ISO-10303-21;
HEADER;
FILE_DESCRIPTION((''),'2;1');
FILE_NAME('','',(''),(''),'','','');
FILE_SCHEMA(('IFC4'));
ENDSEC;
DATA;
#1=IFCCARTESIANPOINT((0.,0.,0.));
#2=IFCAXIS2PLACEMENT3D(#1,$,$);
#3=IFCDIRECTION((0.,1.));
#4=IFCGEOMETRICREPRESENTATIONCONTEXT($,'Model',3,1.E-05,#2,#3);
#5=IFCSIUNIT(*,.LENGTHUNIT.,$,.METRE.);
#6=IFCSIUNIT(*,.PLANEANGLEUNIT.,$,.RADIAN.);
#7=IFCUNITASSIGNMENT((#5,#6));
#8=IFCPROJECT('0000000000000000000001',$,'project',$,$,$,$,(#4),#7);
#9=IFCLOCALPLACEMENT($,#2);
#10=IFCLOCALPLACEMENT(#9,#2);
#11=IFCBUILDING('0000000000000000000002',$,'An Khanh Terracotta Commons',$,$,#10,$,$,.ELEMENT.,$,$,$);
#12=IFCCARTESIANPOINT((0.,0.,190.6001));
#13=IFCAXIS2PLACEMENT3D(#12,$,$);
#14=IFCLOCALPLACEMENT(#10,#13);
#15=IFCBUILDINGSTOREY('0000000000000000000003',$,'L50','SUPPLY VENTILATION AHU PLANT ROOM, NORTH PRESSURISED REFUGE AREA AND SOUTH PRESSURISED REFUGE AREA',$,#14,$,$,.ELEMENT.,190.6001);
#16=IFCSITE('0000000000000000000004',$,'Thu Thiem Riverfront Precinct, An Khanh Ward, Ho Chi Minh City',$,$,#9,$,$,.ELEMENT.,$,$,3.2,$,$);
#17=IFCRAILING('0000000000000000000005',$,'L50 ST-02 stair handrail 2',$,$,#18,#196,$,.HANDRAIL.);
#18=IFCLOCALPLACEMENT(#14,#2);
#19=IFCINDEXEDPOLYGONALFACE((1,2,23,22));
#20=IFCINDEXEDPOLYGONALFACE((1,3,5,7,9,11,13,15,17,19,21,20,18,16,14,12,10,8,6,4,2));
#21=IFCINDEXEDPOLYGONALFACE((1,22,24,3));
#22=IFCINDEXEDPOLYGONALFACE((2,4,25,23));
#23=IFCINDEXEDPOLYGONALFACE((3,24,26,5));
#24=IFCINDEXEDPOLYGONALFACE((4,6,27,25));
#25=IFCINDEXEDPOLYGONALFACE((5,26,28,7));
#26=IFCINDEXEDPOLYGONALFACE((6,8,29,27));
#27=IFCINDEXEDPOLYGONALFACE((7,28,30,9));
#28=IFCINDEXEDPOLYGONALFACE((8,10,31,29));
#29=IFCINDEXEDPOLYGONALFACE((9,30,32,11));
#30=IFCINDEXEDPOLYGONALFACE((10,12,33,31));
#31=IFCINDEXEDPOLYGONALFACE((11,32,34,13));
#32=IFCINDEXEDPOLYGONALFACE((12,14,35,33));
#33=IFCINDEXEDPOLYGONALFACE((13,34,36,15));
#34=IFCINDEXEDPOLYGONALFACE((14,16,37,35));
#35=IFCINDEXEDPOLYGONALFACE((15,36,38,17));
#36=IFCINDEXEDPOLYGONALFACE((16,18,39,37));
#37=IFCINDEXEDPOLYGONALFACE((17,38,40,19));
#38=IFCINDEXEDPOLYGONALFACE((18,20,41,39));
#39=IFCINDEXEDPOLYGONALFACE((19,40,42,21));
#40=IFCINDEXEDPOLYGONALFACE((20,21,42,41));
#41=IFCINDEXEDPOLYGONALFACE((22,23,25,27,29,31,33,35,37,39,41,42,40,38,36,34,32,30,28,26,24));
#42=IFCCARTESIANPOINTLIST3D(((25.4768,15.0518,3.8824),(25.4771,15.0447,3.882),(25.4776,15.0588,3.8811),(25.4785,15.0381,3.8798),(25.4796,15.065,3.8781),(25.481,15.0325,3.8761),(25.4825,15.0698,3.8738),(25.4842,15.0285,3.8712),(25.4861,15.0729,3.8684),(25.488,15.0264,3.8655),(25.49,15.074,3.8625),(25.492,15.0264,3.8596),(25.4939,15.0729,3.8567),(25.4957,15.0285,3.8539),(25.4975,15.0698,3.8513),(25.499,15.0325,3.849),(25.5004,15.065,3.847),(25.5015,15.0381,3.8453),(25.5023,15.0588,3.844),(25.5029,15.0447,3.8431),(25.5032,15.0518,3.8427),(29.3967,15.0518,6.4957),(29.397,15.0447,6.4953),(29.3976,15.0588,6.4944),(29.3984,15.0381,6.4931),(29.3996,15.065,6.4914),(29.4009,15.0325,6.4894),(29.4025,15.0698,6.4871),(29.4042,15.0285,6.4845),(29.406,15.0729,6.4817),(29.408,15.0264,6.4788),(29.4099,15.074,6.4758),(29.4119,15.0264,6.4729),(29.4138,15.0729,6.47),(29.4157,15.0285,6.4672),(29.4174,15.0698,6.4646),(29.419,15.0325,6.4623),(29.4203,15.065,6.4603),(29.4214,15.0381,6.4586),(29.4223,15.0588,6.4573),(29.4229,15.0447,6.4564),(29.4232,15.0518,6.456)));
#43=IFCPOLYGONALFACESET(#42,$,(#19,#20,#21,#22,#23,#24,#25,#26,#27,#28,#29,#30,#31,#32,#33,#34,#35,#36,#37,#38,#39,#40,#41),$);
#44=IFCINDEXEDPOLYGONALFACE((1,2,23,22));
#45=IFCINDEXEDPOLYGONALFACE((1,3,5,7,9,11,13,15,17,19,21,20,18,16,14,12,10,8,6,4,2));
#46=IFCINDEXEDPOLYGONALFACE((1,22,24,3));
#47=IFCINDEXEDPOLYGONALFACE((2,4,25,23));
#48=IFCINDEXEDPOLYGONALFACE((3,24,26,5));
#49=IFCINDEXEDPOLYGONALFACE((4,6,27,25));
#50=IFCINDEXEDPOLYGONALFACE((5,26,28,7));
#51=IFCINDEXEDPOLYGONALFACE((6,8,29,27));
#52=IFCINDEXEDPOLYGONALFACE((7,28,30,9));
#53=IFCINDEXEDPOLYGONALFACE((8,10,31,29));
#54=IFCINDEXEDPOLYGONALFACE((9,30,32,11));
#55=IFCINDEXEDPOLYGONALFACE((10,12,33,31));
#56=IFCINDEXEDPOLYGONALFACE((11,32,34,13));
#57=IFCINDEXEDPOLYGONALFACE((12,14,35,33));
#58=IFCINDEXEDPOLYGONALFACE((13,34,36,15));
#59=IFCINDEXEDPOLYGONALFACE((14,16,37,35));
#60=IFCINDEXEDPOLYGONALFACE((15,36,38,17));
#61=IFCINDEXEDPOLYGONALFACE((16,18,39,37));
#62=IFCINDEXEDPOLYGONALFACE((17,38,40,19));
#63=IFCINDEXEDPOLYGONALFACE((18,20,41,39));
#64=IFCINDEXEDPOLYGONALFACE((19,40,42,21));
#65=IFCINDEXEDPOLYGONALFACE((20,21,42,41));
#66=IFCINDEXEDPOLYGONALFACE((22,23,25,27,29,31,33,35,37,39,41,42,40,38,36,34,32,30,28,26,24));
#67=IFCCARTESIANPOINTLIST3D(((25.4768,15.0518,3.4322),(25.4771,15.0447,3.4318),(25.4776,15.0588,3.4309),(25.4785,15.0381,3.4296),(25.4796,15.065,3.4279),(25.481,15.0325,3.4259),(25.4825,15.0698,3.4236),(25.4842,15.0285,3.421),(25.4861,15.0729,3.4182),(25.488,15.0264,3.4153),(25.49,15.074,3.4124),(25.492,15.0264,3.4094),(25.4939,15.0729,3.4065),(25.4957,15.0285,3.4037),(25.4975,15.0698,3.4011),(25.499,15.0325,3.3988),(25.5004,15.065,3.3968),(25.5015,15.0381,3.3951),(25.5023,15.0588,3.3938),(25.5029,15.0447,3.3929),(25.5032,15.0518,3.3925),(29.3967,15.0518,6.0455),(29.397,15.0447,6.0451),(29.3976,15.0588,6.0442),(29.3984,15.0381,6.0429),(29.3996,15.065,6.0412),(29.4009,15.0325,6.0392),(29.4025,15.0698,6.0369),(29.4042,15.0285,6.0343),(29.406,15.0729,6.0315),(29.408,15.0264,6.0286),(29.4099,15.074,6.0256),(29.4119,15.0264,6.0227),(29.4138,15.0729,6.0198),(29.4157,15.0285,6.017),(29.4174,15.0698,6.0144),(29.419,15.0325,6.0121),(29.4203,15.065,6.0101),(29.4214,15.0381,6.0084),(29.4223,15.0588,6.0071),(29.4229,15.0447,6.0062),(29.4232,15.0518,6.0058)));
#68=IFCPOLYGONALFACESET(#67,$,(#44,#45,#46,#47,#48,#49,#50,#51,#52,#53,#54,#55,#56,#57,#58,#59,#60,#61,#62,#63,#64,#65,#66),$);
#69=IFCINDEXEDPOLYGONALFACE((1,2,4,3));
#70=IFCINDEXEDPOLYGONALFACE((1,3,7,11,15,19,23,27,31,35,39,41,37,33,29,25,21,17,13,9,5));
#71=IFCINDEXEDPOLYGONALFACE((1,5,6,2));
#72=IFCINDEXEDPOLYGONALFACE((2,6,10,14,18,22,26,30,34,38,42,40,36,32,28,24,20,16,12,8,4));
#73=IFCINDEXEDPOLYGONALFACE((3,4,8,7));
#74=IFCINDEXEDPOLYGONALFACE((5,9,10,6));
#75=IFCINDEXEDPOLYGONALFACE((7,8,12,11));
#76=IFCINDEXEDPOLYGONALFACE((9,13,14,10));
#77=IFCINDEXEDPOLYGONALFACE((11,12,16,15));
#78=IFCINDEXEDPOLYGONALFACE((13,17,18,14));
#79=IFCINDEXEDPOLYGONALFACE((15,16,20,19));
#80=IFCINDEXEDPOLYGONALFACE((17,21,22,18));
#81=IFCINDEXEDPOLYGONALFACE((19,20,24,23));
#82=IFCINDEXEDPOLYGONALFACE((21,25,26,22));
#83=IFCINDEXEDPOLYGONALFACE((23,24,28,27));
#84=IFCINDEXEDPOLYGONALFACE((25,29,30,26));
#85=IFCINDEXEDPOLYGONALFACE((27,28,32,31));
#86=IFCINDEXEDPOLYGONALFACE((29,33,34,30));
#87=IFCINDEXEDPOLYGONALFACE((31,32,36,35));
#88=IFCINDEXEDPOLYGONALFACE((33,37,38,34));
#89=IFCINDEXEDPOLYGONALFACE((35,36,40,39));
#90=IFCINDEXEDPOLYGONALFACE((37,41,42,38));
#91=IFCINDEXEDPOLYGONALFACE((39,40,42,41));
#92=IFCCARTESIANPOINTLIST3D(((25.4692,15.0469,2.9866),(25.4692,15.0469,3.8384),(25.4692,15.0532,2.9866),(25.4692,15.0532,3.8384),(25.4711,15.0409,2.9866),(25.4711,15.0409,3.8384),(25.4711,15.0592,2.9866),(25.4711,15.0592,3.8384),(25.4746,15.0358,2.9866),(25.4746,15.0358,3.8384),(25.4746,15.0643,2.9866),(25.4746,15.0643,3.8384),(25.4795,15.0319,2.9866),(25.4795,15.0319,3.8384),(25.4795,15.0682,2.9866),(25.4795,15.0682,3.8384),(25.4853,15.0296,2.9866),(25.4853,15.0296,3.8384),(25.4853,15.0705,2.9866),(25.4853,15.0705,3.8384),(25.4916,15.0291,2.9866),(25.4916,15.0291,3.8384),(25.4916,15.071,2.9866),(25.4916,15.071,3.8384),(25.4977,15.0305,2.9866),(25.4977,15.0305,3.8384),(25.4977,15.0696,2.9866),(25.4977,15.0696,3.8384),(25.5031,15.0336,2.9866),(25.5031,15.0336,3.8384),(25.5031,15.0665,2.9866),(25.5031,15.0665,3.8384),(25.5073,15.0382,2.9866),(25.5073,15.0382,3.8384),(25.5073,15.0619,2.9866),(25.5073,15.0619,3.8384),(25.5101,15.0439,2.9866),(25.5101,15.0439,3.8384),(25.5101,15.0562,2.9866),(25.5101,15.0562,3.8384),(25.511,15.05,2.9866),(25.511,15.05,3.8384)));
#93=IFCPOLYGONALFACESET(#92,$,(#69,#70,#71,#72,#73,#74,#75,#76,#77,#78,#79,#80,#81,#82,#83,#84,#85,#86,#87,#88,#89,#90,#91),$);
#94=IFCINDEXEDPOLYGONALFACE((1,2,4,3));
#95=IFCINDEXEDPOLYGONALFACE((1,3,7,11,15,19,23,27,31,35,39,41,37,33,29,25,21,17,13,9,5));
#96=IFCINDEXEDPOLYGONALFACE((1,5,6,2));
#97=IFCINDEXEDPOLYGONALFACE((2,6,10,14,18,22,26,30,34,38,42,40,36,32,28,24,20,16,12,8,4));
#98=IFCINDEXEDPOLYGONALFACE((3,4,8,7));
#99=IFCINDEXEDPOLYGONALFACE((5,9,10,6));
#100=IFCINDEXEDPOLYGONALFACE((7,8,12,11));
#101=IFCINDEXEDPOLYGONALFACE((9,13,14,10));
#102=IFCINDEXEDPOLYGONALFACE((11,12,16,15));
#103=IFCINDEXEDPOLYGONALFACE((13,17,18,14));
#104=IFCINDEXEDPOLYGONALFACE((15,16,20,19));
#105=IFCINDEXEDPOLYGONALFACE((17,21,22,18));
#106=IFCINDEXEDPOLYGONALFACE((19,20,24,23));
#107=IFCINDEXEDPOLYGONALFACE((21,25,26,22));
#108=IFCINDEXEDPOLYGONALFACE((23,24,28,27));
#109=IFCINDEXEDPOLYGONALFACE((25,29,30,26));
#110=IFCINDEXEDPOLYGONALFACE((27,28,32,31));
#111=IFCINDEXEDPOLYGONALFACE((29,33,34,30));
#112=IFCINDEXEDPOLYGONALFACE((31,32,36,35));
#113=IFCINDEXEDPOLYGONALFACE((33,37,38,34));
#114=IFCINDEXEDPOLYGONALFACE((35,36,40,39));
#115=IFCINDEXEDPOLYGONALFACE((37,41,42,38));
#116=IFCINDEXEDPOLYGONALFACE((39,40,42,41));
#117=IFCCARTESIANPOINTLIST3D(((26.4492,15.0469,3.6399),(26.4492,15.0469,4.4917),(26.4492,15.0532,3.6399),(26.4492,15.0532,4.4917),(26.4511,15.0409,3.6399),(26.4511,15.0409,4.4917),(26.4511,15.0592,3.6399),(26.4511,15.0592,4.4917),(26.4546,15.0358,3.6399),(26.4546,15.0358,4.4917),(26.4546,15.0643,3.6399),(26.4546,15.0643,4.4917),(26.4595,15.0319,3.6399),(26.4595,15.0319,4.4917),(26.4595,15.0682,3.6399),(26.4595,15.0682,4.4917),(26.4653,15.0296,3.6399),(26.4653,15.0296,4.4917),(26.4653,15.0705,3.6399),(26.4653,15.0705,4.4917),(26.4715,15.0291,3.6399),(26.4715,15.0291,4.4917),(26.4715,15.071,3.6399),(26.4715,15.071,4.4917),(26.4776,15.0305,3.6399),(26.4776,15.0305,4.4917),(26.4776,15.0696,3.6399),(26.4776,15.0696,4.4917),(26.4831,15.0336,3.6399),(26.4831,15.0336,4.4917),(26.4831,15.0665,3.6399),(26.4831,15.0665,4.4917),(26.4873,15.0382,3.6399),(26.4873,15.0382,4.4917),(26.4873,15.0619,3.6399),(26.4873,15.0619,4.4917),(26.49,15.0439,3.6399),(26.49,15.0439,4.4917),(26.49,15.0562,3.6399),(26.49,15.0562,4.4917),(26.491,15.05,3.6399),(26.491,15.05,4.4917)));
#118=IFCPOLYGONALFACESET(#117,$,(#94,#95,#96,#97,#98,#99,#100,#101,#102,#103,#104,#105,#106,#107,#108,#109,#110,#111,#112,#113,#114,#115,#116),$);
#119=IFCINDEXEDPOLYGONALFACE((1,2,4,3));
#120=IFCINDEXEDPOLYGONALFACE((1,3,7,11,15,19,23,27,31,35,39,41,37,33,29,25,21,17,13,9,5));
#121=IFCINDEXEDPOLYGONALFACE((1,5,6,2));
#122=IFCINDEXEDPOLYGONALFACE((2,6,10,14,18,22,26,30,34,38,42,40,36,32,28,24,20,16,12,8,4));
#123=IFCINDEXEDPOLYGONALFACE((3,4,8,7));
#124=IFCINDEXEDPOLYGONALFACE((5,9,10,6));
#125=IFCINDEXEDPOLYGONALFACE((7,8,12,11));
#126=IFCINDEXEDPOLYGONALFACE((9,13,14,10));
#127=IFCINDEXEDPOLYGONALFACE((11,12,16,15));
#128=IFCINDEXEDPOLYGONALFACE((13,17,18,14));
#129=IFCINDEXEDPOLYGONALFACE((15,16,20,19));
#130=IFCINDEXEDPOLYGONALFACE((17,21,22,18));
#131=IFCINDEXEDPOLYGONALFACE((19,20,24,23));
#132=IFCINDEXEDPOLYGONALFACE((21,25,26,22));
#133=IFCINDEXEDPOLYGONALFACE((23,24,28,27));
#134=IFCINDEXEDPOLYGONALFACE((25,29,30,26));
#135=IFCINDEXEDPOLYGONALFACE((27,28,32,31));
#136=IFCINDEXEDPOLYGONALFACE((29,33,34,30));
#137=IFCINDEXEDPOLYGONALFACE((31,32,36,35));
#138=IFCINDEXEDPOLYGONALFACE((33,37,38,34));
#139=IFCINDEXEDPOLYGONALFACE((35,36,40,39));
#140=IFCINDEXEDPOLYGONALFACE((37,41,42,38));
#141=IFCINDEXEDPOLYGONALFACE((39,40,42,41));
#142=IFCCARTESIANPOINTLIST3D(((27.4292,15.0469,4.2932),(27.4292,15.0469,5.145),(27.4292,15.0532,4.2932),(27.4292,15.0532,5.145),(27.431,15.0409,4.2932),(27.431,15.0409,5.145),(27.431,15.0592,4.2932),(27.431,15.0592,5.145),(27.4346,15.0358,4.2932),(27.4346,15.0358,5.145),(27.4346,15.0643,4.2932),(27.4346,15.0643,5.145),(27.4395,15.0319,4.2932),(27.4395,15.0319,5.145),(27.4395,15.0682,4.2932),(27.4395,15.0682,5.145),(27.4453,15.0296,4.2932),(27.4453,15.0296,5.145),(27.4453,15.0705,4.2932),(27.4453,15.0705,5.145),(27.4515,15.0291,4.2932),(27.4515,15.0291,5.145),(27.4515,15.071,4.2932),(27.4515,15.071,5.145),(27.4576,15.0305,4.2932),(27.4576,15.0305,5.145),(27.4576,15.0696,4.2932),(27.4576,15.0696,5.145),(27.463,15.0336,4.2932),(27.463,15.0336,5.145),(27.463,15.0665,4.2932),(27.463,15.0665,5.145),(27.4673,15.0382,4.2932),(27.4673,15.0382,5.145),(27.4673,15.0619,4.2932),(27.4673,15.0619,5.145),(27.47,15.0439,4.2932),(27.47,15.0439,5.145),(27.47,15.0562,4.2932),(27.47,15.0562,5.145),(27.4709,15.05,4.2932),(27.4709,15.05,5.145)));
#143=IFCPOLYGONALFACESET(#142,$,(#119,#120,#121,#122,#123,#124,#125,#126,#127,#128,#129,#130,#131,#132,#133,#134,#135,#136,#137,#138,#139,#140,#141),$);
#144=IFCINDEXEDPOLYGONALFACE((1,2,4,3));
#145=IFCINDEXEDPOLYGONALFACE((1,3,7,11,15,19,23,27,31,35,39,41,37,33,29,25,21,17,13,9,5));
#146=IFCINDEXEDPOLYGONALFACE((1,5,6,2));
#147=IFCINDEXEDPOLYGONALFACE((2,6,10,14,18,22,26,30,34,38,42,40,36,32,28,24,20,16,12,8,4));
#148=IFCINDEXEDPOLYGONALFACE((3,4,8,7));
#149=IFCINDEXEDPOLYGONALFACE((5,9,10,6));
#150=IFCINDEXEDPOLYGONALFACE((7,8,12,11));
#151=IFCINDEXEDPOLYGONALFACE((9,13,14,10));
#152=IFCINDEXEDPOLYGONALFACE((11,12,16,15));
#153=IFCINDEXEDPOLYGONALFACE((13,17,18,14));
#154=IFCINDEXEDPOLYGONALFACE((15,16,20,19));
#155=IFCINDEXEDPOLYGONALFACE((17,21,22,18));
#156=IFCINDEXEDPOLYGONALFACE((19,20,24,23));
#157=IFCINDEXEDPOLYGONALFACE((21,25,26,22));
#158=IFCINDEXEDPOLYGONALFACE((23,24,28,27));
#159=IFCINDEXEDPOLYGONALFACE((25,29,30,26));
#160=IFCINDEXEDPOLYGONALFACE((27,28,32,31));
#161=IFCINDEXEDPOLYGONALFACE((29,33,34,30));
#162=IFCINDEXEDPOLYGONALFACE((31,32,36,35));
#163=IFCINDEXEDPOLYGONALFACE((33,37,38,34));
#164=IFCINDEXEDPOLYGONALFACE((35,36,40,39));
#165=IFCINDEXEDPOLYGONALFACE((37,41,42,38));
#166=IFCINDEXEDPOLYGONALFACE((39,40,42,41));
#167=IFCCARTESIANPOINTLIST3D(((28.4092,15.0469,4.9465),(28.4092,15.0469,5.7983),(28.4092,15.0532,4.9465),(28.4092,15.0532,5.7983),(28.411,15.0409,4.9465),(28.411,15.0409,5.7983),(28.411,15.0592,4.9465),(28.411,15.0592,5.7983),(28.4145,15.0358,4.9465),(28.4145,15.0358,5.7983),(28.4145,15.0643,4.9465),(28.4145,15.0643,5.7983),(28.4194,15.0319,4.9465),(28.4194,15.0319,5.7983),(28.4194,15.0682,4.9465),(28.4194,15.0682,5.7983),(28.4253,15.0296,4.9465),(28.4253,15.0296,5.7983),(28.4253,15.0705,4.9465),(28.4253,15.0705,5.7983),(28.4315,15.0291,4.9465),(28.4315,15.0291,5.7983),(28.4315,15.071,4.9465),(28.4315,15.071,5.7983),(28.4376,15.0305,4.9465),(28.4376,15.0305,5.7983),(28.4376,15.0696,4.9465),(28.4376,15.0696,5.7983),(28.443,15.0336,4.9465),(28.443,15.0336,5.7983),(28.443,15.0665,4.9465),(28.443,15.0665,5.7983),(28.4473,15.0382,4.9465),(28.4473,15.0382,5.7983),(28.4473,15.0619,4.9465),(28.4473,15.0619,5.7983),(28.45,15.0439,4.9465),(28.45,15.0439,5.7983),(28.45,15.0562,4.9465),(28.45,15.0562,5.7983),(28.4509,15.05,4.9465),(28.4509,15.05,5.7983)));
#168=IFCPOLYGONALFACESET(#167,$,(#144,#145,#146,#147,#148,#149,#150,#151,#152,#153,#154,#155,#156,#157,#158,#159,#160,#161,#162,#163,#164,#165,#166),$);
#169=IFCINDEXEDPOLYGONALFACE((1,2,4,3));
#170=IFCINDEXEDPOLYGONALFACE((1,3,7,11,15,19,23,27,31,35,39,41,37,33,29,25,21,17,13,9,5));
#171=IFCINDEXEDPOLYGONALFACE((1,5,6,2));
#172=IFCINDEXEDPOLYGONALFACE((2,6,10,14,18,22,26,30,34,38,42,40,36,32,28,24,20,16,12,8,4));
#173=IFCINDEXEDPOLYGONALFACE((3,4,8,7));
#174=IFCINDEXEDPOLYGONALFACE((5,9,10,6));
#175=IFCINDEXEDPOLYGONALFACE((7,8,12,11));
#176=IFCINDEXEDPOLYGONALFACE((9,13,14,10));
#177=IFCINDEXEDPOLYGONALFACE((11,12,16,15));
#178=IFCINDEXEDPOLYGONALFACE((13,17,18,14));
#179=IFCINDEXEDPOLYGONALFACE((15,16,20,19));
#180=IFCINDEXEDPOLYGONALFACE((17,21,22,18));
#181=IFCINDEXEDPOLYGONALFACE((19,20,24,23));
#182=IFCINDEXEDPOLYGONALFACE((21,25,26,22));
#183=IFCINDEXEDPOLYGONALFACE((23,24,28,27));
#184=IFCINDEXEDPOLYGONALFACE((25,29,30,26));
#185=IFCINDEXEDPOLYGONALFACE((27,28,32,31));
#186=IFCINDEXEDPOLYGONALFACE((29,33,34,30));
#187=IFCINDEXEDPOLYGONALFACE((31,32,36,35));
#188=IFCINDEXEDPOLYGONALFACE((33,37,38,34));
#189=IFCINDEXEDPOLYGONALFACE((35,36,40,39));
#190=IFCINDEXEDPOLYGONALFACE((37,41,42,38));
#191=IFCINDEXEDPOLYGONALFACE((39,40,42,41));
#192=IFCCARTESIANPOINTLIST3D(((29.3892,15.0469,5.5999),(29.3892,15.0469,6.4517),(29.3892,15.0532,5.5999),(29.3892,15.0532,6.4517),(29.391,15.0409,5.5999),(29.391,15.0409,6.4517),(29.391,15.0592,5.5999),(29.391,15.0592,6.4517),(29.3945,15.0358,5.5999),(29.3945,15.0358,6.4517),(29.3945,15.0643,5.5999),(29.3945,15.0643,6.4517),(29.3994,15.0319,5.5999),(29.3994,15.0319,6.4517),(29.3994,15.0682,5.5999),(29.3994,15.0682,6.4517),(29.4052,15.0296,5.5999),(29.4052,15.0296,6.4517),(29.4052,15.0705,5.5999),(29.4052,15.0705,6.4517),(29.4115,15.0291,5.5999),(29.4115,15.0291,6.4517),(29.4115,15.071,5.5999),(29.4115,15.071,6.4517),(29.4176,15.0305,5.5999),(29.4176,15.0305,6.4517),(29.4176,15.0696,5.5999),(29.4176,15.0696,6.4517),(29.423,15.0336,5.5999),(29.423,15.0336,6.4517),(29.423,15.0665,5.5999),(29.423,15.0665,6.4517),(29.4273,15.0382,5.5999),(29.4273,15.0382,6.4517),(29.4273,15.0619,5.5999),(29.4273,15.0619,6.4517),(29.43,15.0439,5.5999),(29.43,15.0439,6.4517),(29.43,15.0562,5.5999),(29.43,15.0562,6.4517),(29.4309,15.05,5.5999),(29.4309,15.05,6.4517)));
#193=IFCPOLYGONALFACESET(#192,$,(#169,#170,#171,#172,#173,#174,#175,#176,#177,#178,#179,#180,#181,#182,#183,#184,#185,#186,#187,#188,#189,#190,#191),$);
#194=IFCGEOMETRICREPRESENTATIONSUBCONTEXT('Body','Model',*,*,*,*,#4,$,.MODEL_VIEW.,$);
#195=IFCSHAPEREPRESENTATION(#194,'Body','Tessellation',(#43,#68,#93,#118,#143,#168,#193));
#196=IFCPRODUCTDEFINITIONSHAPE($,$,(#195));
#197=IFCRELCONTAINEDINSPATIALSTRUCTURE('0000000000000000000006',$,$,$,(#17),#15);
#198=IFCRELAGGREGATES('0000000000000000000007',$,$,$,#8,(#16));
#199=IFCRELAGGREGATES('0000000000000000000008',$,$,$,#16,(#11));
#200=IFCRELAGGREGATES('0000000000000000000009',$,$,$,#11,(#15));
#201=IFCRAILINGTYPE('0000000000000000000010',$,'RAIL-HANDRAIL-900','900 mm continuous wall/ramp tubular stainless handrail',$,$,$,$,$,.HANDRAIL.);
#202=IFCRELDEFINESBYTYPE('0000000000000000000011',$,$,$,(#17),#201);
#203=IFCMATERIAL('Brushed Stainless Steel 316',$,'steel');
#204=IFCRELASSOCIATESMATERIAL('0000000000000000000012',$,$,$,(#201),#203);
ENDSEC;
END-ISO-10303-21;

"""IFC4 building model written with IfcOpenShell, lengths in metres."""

from ifc_helpers import new_model, si_unit, direction, frame, origin, origin_2d, place, context, subcontext, project, spatial, circle, extrude, material, type_object, element, save


model = new_model("IFC4")

# Units and contexts
model_context = context("Model", 3, precision=1e-05, world=origin(), true_north=direction((0.0, 1.0)))
body_context = subcontext(model_context, "Body", "Model", "MODEL_VIEW")
ifc_project = project(units=[si_unit("LENGTHUNIT", "METRE"), si_unit("PLANEANGLEUNIT", "RADIAN")], contexts=[model_context])

# Site, building, storey
site_placement = place(None, origin())
site = spatial("IfcSite", under=ifc_project, at=site_placement, Name="Thu Thiem Riverfront Precinct, An Khanh Ward, Ho Chi Minh City", CompositionType="ELEMENT", RefElevation=3.2)
building_placement = place(site_placement, origin())
building = spatial("IfcBuilding", under=site, at=building_placement, Name="An Khanh Terracotta Commons", CompositionType="ELEMENT")
storey_placement = place(building_placement, frame((0.0, 0.0, 190.6001)))
storey = spatial("IfcBuildingStorey", under=building, at=storey_placement, Name="L50", Description="SUPPLY VENTILATION AHU PLANT ROOM, NORTH PRESSURISED REFUGE AREA AND SOUTH PRESSURISED REFUGE AREA", CompositionType="ELEMENT", Elevation=190.6001)

# Railing
ifc_material_1 = material(Name="Brushed Stainless Steel 316", Category="steel")
railing_type_1 = type_object("IfcRailingType", Name="RAIL-HANDRAIL-900", Description="900 mm continuous wall/ramp tubular stainless handrail", PredefinedType="HANDRAIL", material=ifc_material_1)
railing_1_placement = place(storey_placement, frame((25.49, 15.05, 2.9866)))
element("IfcRailing", 1, at=railing_1_placement, inside=storey, type_object=railing_type_1, Name="L50 ST-02 stair handrail 2", PredefinedType="HANDRAIL", context=body_context, shape_type="SweptSolid", body=[
    extrude(circle(Radius=0.0239, at=origin_2d()), frame((0.0, 0.0, 0.876), z_axis=(0.83205, 0.0, 0.5547), x_axis=(0.0, 1.0, 0.0)), (0.0, 0.0, 1.0), 4.7112),
    extrude(circle(Radius=0.0239, at=origin_2d()), frame((0.0, 0.0, 0.4258), z_axis=(0.83205, 0.0, 0.5547), x_axis=(0.0, 1.0, 0.0)), (0.0, 0.0, 1.0), 4.7112),
    extrude(circle(Radius=0.021, at=origin_2d()), origin(), (0.0, 0.0, 1.0), 0.8518),
    extrude(circle(Radius=0.021, at=origin_2d()), frame((0.98, 0.0, 0.6533)), (0.0, 0.0, 1.0), 0.8518),
    extrude(circle(Radius=0.021, at=origin_2d()), frame((1.96, 0.0, 1.3066)), (0.0, 0.0, 1.0), 0.8518),
    extrude(circle(Radius=0.021, at=origin_2d()), frame((2.9399, 0.0, 1.96)), (0.0, 0.0, 1.0), 0.8518),
    extrude(circle(Radius=0.021, at=origin_2d()), frame((3.9199, 0.0, 2.6133)), (0.0, 0.0, 1.0), 0.8518),
])

save(model, "model.ifc")
